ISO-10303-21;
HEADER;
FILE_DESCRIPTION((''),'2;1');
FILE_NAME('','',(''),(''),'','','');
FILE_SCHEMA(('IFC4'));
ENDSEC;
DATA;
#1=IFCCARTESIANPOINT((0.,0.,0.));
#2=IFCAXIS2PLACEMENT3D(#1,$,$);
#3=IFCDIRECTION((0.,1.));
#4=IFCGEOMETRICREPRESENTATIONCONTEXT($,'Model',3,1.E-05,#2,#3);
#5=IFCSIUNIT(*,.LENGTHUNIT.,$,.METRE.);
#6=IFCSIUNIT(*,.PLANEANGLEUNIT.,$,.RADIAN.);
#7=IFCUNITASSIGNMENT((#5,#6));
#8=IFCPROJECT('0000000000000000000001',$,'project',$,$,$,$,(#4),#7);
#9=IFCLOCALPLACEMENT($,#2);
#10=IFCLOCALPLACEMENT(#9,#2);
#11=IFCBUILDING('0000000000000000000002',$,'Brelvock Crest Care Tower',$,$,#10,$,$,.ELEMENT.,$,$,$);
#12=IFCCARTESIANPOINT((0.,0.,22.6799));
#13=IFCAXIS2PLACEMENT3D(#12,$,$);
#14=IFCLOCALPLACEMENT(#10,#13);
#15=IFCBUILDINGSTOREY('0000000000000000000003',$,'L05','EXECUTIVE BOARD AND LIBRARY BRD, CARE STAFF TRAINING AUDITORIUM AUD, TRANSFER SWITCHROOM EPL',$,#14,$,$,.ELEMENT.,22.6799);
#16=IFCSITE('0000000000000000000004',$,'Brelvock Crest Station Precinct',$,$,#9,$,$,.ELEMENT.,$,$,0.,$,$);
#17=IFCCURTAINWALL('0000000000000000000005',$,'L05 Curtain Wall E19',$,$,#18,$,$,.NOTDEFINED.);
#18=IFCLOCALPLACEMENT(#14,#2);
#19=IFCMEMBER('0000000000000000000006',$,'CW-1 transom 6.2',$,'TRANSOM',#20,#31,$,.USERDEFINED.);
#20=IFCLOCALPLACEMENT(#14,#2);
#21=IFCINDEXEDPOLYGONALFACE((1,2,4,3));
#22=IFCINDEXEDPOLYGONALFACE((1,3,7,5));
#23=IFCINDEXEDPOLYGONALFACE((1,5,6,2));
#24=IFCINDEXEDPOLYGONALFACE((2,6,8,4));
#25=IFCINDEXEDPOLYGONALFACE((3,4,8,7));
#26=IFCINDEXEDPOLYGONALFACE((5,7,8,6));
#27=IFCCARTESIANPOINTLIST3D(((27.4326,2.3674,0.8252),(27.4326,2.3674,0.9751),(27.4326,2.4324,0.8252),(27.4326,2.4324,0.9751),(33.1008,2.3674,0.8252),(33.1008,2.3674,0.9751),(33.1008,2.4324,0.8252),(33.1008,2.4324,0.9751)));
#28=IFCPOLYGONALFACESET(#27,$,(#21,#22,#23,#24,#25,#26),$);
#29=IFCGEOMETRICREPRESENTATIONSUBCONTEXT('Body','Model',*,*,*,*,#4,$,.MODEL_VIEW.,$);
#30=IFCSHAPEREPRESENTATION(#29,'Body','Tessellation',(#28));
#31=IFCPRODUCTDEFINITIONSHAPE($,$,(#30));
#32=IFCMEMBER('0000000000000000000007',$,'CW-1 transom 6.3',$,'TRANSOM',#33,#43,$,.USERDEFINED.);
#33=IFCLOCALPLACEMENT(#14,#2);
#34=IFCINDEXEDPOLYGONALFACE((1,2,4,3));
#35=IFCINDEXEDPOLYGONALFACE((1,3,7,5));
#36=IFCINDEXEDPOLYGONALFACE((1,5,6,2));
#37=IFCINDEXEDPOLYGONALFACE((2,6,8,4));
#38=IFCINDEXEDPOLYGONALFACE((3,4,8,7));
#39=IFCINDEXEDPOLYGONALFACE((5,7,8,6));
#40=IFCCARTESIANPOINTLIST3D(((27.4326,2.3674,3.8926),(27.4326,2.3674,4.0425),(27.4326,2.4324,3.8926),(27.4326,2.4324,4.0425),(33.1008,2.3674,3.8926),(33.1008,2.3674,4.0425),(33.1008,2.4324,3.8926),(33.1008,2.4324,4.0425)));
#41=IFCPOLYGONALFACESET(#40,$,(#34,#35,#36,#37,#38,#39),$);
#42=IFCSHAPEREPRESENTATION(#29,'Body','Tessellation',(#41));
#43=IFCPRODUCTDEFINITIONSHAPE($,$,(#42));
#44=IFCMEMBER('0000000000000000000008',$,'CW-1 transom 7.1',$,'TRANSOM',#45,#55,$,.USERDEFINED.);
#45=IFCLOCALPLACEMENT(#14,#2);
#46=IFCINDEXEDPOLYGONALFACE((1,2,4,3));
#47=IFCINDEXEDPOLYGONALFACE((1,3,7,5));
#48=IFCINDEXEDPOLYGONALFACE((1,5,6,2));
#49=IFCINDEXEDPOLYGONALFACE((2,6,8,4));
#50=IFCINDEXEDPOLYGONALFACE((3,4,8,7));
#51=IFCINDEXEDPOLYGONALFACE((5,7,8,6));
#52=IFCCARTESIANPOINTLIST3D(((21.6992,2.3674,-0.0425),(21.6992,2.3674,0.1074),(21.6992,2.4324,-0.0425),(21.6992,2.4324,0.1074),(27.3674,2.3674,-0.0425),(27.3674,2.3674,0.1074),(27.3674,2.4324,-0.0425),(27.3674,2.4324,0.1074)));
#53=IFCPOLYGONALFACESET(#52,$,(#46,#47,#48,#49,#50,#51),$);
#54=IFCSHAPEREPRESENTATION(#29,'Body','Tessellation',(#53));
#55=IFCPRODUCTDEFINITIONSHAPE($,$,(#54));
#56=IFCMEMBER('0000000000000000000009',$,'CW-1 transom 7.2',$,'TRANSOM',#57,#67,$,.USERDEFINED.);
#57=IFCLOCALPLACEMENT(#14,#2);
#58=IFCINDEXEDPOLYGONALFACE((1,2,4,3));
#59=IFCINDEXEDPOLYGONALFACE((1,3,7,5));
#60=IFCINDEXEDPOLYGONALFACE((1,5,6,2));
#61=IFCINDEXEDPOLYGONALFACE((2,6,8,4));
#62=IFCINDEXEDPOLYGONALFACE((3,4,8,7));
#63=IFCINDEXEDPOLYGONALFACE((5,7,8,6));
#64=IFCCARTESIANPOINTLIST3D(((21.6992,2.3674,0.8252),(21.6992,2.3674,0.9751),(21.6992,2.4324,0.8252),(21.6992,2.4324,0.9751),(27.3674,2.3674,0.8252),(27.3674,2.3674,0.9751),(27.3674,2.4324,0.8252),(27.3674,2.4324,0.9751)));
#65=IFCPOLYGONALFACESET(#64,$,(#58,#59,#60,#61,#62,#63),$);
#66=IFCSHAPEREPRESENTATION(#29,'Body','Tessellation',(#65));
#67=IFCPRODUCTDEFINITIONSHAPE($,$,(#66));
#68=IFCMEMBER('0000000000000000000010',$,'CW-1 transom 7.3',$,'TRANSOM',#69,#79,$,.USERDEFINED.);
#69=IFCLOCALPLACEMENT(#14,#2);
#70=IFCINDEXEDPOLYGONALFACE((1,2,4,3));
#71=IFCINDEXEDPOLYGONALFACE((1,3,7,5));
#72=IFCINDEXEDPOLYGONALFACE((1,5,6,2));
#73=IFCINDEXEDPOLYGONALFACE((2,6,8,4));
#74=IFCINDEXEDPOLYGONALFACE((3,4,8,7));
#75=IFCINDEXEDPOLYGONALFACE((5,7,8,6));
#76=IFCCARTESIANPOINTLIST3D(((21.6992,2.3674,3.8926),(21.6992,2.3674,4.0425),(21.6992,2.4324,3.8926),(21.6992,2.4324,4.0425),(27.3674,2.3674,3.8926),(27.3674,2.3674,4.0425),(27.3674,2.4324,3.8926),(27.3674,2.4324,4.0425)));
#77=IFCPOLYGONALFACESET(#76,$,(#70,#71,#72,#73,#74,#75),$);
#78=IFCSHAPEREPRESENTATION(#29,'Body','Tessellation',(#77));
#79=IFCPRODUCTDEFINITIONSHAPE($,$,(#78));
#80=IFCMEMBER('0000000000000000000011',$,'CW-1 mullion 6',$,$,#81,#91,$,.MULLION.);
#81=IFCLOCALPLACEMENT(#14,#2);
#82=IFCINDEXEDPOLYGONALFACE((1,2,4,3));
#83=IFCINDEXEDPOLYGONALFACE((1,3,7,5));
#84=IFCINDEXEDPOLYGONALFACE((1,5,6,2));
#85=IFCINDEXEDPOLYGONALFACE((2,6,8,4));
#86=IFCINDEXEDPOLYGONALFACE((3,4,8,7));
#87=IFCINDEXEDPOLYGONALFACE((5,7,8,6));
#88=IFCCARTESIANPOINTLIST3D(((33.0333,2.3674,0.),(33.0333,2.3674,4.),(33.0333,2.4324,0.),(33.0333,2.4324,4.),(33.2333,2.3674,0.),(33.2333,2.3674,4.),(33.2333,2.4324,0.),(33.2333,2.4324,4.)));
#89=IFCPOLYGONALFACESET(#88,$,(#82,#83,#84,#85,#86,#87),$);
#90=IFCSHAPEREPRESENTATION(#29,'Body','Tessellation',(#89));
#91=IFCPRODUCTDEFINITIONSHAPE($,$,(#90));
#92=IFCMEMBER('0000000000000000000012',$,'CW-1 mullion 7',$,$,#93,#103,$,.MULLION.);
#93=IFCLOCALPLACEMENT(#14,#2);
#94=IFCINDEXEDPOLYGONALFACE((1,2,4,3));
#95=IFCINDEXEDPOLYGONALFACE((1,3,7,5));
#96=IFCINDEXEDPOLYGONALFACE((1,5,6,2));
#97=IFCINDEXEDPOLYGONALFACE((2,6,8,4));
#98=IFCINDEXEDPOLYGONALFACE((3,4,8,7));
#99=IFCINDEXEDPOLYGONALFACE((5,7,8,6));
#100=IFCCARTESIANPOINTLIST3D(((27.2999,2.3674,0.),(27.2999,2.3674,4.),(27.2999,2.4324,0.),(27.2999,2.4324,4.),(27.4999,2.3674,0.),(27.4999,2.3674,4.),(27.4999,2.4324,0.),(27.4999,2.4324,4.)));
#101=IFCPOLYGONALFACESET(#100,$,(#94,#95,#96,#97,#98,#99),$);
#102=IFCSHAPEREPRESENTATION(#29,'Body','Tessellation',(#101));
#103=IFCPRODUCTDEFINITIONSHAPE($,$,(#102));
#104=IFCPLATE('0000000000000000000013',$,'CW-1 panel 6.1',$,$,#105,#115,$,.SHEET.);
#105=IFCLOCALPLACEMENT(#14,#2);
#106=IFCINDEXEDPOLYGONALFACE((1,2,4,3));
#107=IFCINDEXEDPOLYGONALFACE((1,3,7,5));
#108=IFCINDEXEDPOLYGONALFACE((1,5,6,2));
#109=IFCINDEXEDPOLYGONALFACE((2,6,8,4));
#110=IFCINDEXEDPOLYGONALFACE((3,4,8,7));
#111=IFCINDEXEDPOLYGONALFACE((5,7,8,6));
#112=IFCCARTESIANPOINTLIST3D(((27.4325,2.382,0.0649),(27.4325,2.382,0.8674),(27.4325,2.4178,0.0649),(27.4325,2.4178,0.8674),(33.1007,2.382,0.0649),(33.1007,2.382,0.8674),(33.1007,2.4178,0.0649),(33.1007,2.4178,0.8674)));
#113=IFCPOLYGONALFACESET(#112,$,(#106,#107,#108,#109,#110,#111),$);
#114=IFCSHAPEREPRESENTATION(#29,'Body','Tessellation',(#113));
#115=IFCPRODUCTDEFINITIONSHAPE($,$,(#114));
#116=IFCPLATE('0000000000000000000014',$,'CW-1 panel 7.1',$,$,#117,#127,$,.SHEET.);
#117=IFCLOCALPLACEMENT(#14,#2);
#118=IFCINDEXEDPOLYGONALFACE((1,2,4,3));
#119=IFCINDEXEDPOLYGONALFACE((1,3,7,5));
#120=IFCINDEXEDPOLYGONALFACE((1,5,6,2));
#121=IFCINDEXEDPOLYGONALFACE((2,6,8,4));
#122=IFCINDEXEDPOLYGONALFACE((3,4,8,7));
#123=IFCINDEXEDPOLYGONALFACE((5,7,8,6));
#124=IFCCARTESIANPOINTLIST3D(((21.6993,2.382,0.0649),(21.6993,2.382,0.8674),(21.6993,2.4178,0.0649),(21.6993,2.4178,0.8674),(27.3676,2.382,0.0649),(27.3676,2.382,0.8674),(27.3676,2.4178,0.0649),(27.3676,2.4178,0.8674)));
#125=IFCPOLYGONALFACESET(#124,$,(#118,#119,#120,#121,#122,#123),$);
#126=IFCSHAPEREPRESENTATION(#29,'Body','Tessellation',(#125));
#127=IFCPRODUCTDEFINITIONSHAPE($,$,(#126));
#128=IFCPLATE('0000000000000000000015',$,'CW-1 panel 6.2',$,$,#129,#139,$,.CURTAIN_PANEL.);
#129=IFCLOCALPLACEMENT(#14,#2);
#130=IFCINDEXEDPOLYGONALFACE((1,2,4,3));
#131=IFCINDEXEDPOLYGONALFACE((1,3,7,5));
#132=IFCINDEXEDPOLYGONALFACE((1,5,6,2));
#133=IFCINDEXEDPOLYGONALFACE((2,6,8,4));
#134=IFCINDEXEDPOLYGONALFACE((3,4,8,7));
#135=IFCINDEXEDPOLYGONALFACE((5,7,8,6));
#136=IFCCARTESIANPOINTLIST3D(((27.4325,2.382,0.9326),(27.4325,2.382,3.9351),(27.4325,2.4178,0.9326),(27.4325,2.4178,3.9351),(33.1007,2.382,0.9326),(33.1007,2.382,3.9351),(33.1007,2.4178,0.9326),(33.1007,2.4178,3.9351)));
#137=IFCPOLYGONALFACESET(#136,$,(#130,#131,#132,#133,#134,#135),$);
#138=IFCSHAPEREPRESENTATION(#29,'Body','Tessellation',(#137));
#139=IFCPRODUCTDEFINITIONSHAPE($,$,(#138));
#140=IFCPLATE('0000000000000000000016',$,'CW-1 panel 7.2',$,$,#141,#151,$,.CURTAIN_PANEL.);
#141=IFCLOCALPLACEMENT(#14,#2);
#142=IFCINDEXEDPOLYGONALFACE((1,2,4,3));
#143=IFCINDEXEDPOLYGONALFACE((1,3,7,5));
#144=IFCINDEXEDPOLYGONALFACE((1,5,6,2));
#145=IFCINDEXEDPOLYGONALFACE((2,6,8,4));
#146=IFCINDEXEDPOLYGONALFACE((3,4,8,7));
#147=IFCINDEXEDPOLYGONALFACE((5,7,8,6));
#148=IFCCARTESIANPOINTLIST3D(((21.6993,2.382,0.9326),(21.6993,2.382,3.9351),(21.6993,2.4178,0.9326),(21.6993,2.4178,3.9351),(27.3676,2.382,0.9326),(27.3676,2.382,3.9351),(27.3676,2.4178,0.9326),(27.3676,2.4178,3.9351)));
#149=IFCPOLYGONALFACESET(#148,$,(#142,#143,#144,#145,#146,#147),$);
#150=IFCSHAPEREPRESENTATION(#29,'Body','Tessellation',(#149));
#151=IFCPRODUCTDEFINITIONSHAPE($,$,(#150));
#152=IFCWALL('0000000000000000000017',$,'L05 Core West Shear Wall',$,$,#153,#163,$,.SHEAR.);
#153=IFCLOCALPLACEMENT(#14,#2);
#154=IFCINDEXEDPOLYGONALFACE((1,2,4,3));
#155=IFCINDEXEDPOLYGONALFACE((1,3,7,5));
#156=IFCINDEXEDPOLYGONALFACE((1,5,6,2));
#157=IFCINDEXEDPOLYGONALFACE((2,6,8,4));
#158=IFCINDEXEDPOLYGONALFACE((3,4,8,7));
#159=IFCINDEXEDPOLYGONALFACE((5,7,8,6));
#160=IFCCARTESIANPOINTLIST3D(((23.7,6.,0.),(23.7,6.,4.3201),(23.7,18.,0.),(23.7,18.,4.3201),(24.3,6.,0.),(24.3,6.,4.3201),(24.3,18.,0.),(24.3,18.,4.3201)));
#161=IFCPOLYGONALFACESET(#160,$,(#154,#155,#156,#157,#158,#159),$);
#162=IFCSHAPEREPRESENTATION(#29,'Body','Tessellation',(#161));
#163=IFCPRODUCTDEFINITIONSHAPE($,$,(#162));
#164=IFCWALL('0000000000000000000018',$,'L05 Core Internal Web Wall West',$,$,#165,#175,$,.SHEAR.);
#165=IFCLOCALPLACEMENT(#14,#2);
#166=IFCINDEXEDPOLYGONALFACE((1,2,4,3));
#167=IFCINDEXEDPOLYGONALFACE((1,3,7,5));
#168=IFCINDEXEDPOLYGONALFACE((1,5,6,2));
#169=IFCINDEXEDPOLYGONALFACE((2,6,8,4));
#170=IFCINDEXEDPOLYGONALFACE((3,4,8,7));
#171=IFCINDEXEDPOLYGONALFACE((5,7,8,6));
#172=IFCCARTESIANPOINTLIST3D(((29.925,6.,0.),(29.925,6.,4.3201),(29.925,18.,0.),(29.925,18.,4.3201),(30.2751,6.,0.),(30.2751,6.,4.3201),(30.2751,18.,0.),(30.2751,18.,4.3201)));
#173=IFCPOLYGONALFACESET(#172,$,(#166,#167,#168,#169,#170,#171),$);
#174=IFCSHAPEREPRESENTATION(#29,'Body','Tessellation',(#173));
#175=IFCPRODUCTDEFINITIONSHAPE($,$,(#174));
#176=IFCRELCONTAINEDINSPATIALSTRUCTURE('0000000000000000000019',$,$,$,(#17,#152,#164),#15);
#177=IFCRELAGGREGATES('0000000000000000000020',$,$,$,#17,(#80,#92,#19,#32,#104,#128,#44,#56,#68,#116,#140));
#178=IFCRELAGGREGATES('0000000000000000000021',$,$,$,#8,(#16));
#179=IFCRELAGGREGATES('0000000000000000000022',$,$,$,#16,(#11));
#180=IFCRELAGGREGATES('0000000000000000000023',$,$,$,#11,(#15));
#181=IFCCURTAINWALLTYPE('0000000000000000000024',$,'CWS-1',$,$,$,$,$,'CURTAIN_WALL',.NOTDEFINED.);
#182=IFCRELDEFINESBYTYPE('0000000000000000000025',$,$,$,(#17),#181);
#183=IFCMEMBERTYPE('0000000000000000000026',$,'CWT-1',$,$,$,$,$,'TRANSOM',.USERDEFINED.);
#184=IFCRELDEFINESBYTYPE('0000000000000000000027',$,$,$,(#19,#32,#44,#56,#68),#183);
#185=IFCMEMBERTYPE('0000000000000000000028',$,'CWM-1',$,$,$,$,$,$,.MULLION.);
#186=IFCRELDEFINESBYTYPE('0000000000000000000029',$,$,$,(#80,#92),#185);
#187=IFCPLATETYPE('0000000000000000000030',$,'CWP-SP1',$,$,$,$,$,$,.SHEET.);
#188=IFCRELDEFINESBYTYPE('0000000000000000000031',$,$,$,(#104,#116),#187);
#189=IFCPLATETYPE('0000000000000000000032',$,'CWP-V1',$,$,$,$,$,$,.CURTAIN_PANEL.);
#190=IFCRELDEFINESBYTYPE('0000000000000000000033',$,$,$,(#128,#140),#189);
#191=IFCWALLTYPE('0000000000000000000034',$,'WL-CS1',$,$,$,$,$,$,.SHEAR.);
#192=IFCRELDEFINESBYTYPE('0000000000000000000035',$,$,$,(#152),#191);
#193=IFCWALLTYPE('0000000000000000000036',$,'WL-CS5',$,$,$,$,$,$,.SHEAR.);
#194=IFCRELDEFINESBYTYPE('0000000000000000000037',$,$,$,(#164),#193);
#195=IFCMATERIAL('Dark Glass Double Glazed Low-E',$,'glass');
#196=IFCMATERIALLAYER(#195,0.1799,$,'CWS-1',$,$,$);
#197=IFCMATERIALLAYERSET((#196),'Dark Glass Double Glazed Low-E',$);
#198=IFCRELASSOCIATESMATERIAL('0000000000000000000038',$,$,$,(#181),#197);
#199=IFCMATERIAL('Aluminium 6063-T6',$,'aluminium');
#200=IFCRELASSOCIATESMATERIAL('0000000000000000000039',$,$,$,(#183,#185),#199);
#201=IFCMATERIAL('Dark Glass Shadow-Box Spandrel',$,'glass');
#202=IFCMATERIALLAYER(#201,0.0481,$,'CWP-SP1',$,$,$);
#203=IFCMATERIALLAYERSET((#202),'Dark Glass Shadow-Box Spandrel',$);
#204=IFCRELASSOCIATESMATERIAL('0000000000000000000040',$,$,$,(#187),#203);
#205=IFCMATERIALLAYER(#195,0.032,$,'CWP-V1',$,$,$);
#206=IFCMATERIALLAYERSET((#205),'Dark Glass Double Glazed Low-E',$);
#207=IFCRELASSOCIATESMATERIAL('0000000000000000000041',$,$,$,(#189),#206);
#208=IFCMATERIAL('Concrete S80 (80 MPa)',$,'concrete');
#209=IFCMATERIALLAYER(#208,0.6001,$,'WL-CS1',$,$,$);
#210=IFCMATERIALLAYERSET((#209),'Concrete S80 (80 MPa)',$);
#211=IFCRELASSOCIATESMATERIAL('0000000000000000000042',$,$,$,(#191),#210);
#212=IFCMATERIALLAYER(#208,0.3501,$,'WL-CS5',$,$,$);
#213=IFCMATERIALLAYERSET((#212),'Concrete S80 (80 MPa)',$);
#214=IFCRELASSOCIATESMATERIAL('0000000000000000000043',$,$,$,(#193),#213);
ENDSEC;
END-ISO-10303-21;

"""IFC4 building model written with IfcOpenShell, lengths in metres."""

from ifc_helpers import new_model, si_unit, direction, frame, frame_2d, origin, origin_2d, place, context, subcontext, project, spatial, rectangle, extrude, source, transform, mapped, material, layer, layer_set, material_profile, profile_set, type_object, element, aggregate, save


model = new_model("IFC4")

# Units and contexts
model_context = context("Model", 3, precision=1e-05, world=origin(), true_north=direction((0.0, 1.0)))
body_context = subcontext(model_context, "Body", "Model", "MODEL_VIEW")
ifc_project = project(units=[si_unit("LENGTHUNIT", "METRE"), si_unit("PLANEANGLEUNIT", "RADIAN")], contexts=[model_context])

# Site, building, storey
site_placement = place(None, origin())
site = spatial("IfcSite", under=ifc_project, at=site_placement, Name="Brelvock Crest Station Precinct", CompositionType="ELEMENT", RefElevation=0.0)
building_placement = place(site_placement, origin())
building = spatial("IfcBuilding", under=site, at=building_placement, Name="Brelvock Crest Care Tower", CompositionType="ELEMENT")
storey_placement = place(building_placement, frame((0.0, 0.0, 22.6799)))
storey = spatial("IfcBuildingStorey", under=building, at=storey_placement, Name="L05", Description="EXECUTIVE BOARD AND LIBRARY BRD, CARE STAFF TRAINING AUDITORIUM AUD, TRANSFER SWITCHROOM EPL", CompositionType="ELEMENT", Elevation=22.6799)

# Shared definitions
ifc_material_1 = material(Name="Concrete S80 (80 MPa)", Category="concrete")

# Curtain wall, members, plates
ifc_material_2 = material(Name="Dark Glass Double Glazed Low-E", Category="glass")
ifc_layer_1 = layer(ifc_material_2, 0.1799, Name="CWS-1")
ifc_layer_set_1 = layer_set([ifc_layer_1], Name="Dark Glass Double Glazed Low-E")
curtain_wall_type = type_object("IfcCurtainWallType", Name="CWS-1", ElementType="CURTAIN_WALL", PredefinedType="NOTDEFINED", material=ifc_layer_set_1)
curtain_wall_placement = place(storey_placement, origin())
curtain_wall = element("IfcCurtainWall", 1, at=curtain_wall_placement, inside=storey, type_object=curtain_wall_type, Name="L05 Curtain Wall E19", PredefinedType="NOTDEFINED")
ifc_material_3 = material(Name="Aluminium 6063-T6", Category="aluminium")
ifc_material_profile_1 = material_profile(ifc_material_3, rectangle(XDim=0.0649, YDim=0.1499, at=origin_2d()), Name="ALU65x150")
ifc_profile_set_1 = profile_set([ifc_material_profile_1], Name="Aluminium 6063-T6")
member_type_1 = type_object("IfcMemberType", Name="CWT-1", ElementType="TRANSOM", PredefinedType="USERDEFINED", material=ifc_profile_set_1)
shared_shape_1 = source(origin(), body_context, "Body", "SweptSolid", [
    extrude(rectangle(XDim=0.0649, YDim=0.1499, at=origin_2d()), origin(), (0.0, 0.0, 1.0), 5.6682),
])
member_1_placement = place(storey_placement, frame((33.1008, 2.3999, 0.9001), z_axis=(-1.0, 0.0, 0.0), x_axis=(0.0, -1.0, 0.0)))
member_1 = element("IfcMember", 2, at=member_1_placement, type_object=member_type_1, Name="CW-1 transom 6.2", ObjectType="TRANSOM", PredefinedType="USERDEFINED", context=body_context, shape_type="MappedRepresentation", body=[
    mapped(shared_shape_1, transform((0.0, 0.0, 0.0), x_axis=(1.0, 0.0, 0.0), y_axis=(0.0, 1.0, 0.0), z_axis=(0.0, 0.0, 1.0), scale=1.0)),
])
member_2_placement = place(storey_placement, frame((33.1008, 2.3999, 3.9675), z_axis=(-1.0, 0.0, 0.0), x_axis=(0.0, -1.0, 0.0)))
member_2 = element("IfcMember", 3, at=member_2_placement, type_object=member_type_1, Name="CW-1 transom 6.3", ObjectType="TRANSOM", PredefinedType="USERDEFINED", context=body_context, shape_type="MappedRepresentation", body=[
    mapped(shared_shape_1, transform((0.0, 0.0, 0.0), x_axis=(1.0, 0.0, 0.0), y_axis=(0.0, 1.0, 0.0), z_axis=(0.0, 0.0, 1.0), scale=1.0)),
])
member_3_placement = place(storey_placement, frame((27.3674, 2.3999, 0.0325), z_axis=(-1.0, 0.0, 0.0), x_axis=(0.0, -1.0, 0.0)))
member_3 = element("IfcMember", 4, at=member_3_placement, type_object=member_type_1, Name="CW-1 transom 7.1", ObjectType="TRANSOM", PredefinedType="USERDEFINED", context=body_context, shape_type="MappedRepresentation", body=[
    mapped(shared_shape_1, transform((0.0, 0.0, 0.0), x_axis=(1.0, 0.0, 0.0), y_axis=(0.0, 1.0, 0.0), z_axis=(0.0, 0.0, 1.0), scale=1.0)),
])
member_4_placement = place(storey_placement, frame((27.3674, 2.3999, 0.9001), z_axis=(-1.0, 0.0, 0.0), x_axis=(0.0, -1.0, 0.0)))
member_4 = element("IfcMember", 5, at=member_4_placement, type_object=member_type_1, Name="CW-1 transom 7.2", ObjectType="TRANSOM", PredefinedType="USERDEFINED", context=body_context, shape_type="MappedRepresentation", body=[
    mapped(shared_shape_1, transform((0.0, 0.0, 0.0), x_axis=(1.0, 0.0, 0.0), y_axis=(0.0, 1.0, 0.0), z_axis=(0.0, 0.0, 1.0), scale=1.0)),
])
member_5_placement = place(storey_placement, frame((27.3674, 2.3999, 3.9675), z_axis=(-1.0, 0.0, 0.0), x_axis=(0.0, -1.0, 0.0)))
member_5 = element("IfcMember", 6, at=member_5_placement, type_object=member_type_1, Name="CW-1 transom 7.3", ObjectType="TRANSOM", PredefinedType="USERDEFINED", context=body_context, shape_type="MappedRepresentation", body=[
    mapped(shared_shape_1, transform((0.0, 0.0, 0.0), x_axis=(1.0, 0.0, 0.0), y_axis=(0.0, 1.0, 0.0), z_axis=(0.0, 0.0, 1.0), scale=1.0)),
])
ifc_material_profile_2 = material_profile(ifc_material_3, rectangle(XDim=0.0649, YDim=0.2, at=origin_2d()), Name="ALU65x200")
ifc_profile_set_2 = profile_set([ifc_material_profile_2], Name="Aluminium 6063-T6")
member_type_2 = type_object("IfcMemberType", Name="CWM-1", PredefinedType="MULLION", material=ifc_profile_set_2)
shared_shape_2 = source(origin(), body_context, "Body", "SweptSolid", [
    extrude(rectangle(XDim=0.0649, YDim=0.2, at=origin_2d()), origin(), (0.0, 0.0, 1.0), 4.0),
])
member_6_placement = place(storey_placement, frame((33.1333, 2.3999, 0.0), z_axis=(0.0, 0.0, 1.0), x_axis=(0.0, -1.0, 0.0)))
member_6 = element("IfcMember", 7, at=member_6_placement, type_object=member_type_2, Name="CW-1 mullion 6", PredefinedType="MULLION", context=body_context, shape_type="MappedRepresentation", body=[
    mapped(shared_shape_2, transform((0.0, 0.0, 0.0), x_axis=(1.0, 0.0, 0.0), y_axis=(0.0, 1.0, 0.0), z_axis=(0.0, 0.0, 1.0), scale=1.0)),
])
member_7_placement = place(storey_placement, frame((27.3999, 2.3999, 0.0), z_axis=(0.0, 0.0, 1.0), x_axis=(0.0, -1.0, 0.0)))
member_7 = element("IfcMember", 8, at=member_7_placement, type_object=member_type_2, Name="CW-1 mullion 7", PredefinedType="MULLION", context=body_context, shape_type="MappedRepresentation", body=[
    mapped(shared_shape_2, transform((0.0, 0.0, 0.0), x_axis=(1.0, 0.0, 0.0), y_axis=(0.0, 1.0, 0.0), z_axis=(0.0, 0.0, 1.0), scale=1.0)),
])
ifc_material_4 = material(Name="Dark Glass Shadow-Box Spandrel", Category="glass")
ifc_layer_2 = layer(ifc_material_4, 0.0481, Name="CWP-SP1")
ifc_layer_set_2 = layer_set([ifc_layer_2], Name="Dark Glass Shadow-Box Spandrel")
plate_type_1 = type_object("IfcPlateType", Name="CWP-SP1", PredefinedType="SHEET", material=ifc_layer_set_2)
shared_shape_3 = source(origin(), body_context, "Body", "SweptSolid", [
    extrude(rectangle(XDim=5.6682, YDim=0.0359, at=origin_2d()), origin(), (0.0, 0.0, 1.0), 0.8025),
])
plate_1_placement = place(storey_placement, frame((30.2666, 2.3999, 0.0649), z_axis=(0.0, 0.0, 1.0), x_axis=(-1.0, 0.0, 0.0)))
plate_1 = element("IfcPlate", 9, at=plate_1_placement, type_object=plate_type_1, Name="CW-1 panel 6.1", PredefinedType="SHEET", context=body_context, shape_type="MappedRepresentation", body=[
    mapped(shared_shape_3, transform((0.0, 0.0, 0.0), x_axis=(1.0, 0.0, 0.0), y_axis=(0.0, 1.0, 0.0), z_axis=(0.0, 0.0, 1.0), scale=1.0)),
])
plate_2_placement = place(storey_placement, frame((24.5334, 2.3999, 0.0649), z_axis=(0.0, 0.0, 1.0), x_axis=(-1.0, 0.0, 0.0)))
plate_2 = element("IfcPlate", 10, at=plate_2_placement, type_object=plate_type_1, Name="CW-1 panel 7.1", PredefinedType="SHEET", context=body_context, shape_type="MappedRepresentation", body=[
    mapped(shared_shape_3, transform((0.0, 0.0, 0.0), x_axis=(1.0, 0.0, 0.0), y_axis=(0.0, 1.0, 0.0), z_axis=(0.0, 0.0, 1.0), scale=1.0)),
])
ifc_layer_3 = layer(ifc_material_2, 0.032, Name="CWP-V1")
ifc_layer_set_3 = layer_set([ifc_layer_3], Name="Dark Glass Double Glazed Low-E")
plate_type_2 = type_object("IfcPlateType", Name="CWP-V1", PredefinedType="CURTAIN_PANEL", material=ifc_layer_set_3)
shared_shape_4 = source(origin(), body_context, "Body", "SweptSolid", [
    extrude(rectangle(XDim=5.6682, YDim=0.0359, at=origin_2d()), origin(), (0.0, 0.0, 1.0), 3.0024),
])
plate_3_placement = place(storey_placement, frame((30.2666, 2.3999, 0.9326), z_axis=(0.0, 0.0, 1.0), x_axis=(-1.0, 0.0, 0.0)))
plate_3 = element("IfcPlate", 11, at=plate_3_placement, type_object=plate_type_2, Name="CW-1 panel 6.2", PredefinedType="CURTAIN_PANEL", context=body_context, shape_type="MappedRepresentation", body=[
    mapped(shared_shape_4, transform((0.0, 0.0, 0.0), x_axis=(1.0, 0.0, 0.0), y_axis=(0.0, 1.0, 0.0), z_axis=(0.0, 0.0, 1.0), scale=1.0)),
])
plate_4_placement = place(storey_placement, frame((24.5334, 2.3999, 0.9326), z_axis=(0.0, 0.0, 1.0), x_axis=(-1.0, 0.0, 0.0)))
plate_4 = element("IfcPlate", 12, at=plate_4_placement, type_object=plate_type_2, Name="CW-1 panel 7.2", PredefinedType="CURTAIN_PANEL", context=body_context, shape_type="MappedRepresentation", body=[
    mapped(shared_shape_4, transform((0.0, 0.0, 0.0), x_axis=(1.0, 0.0, 0.0), y_axis=(0.0, 1.0, 0.0), z_axis=(0.0, 0.0, 1.0), scale=1.0)),
])
aggregate(curtain_wall, [member_6, member_7, member_1, member_2, plate_1, plate_3, member_3, member_4, member_5, plate_2, plate_4])

# Walls
ifc_layer_4 = layer(ifc_material_1, 0.6001, Name="WL-CS1")
ifc_layer_set_4 = layer_set([ifc_layer_4], Name="Concrete S80 (80 MPa)")
wall_type_1 = type_object("IfcWallType", Name="WL-CS1", PredefinedType="SHEAR", material=ifc_layer_set_4)
wall_1_placement = place(storey_placement, frame((24.0, 6.0, 0.0), z_axis=(0.0, 0.0, 1.0), x_axis=(0.0, 1.0, 0.0)))
element("IfcWall", 13, at=wall_1_placement, inside=storey, type_object=wall_type_1, Name="L05 Core West Shear Wall", PredefinedType="SHEAR", context=body_context, shape_type="SweptSolid", body=[
    extrude(rectangle(XDim=12.0, YDim=0.6001, at=frame_2d((6.0, 0.0))), origin(), (0.0, 0.0, 1.0), 4.3201),
])
ifc_layer_5 = layer(ifc_material_1, 0.3501, Name="WL-CS5")
ifc_layer_set_5 = layer_set([ifc_layer_5], Name="Concrete S80 (80 MPa)")
wall_type_2 = type_object("IfcWallType", Name="WL-CS5", PredefinedType="SHEAR", material=ifc_layer_set_5)
wall_2_placement = place(storey_placement, frame((30.1001, 6.0, 0.0), z_axis=(0.0, 0.0, 1.0), x_axis=(0.0, 1.0, 0.0)))
element("IfcWall", 14, at=wall_2_placement, inside=storey, type_object=wall_type_2, Name="L05 Core Internal Web Wall West", PredefinedType="SHEAR", context=body_context, shape_type="SweptSolid", body=[
    extrude(rectangle(XDim=12.0, YDim=0.3501, at=frame_2d((6.0, 0.0))), origin(), (0.0, 0.0, 1.0), 4.3201),
])

save(model, "model.ifc")
